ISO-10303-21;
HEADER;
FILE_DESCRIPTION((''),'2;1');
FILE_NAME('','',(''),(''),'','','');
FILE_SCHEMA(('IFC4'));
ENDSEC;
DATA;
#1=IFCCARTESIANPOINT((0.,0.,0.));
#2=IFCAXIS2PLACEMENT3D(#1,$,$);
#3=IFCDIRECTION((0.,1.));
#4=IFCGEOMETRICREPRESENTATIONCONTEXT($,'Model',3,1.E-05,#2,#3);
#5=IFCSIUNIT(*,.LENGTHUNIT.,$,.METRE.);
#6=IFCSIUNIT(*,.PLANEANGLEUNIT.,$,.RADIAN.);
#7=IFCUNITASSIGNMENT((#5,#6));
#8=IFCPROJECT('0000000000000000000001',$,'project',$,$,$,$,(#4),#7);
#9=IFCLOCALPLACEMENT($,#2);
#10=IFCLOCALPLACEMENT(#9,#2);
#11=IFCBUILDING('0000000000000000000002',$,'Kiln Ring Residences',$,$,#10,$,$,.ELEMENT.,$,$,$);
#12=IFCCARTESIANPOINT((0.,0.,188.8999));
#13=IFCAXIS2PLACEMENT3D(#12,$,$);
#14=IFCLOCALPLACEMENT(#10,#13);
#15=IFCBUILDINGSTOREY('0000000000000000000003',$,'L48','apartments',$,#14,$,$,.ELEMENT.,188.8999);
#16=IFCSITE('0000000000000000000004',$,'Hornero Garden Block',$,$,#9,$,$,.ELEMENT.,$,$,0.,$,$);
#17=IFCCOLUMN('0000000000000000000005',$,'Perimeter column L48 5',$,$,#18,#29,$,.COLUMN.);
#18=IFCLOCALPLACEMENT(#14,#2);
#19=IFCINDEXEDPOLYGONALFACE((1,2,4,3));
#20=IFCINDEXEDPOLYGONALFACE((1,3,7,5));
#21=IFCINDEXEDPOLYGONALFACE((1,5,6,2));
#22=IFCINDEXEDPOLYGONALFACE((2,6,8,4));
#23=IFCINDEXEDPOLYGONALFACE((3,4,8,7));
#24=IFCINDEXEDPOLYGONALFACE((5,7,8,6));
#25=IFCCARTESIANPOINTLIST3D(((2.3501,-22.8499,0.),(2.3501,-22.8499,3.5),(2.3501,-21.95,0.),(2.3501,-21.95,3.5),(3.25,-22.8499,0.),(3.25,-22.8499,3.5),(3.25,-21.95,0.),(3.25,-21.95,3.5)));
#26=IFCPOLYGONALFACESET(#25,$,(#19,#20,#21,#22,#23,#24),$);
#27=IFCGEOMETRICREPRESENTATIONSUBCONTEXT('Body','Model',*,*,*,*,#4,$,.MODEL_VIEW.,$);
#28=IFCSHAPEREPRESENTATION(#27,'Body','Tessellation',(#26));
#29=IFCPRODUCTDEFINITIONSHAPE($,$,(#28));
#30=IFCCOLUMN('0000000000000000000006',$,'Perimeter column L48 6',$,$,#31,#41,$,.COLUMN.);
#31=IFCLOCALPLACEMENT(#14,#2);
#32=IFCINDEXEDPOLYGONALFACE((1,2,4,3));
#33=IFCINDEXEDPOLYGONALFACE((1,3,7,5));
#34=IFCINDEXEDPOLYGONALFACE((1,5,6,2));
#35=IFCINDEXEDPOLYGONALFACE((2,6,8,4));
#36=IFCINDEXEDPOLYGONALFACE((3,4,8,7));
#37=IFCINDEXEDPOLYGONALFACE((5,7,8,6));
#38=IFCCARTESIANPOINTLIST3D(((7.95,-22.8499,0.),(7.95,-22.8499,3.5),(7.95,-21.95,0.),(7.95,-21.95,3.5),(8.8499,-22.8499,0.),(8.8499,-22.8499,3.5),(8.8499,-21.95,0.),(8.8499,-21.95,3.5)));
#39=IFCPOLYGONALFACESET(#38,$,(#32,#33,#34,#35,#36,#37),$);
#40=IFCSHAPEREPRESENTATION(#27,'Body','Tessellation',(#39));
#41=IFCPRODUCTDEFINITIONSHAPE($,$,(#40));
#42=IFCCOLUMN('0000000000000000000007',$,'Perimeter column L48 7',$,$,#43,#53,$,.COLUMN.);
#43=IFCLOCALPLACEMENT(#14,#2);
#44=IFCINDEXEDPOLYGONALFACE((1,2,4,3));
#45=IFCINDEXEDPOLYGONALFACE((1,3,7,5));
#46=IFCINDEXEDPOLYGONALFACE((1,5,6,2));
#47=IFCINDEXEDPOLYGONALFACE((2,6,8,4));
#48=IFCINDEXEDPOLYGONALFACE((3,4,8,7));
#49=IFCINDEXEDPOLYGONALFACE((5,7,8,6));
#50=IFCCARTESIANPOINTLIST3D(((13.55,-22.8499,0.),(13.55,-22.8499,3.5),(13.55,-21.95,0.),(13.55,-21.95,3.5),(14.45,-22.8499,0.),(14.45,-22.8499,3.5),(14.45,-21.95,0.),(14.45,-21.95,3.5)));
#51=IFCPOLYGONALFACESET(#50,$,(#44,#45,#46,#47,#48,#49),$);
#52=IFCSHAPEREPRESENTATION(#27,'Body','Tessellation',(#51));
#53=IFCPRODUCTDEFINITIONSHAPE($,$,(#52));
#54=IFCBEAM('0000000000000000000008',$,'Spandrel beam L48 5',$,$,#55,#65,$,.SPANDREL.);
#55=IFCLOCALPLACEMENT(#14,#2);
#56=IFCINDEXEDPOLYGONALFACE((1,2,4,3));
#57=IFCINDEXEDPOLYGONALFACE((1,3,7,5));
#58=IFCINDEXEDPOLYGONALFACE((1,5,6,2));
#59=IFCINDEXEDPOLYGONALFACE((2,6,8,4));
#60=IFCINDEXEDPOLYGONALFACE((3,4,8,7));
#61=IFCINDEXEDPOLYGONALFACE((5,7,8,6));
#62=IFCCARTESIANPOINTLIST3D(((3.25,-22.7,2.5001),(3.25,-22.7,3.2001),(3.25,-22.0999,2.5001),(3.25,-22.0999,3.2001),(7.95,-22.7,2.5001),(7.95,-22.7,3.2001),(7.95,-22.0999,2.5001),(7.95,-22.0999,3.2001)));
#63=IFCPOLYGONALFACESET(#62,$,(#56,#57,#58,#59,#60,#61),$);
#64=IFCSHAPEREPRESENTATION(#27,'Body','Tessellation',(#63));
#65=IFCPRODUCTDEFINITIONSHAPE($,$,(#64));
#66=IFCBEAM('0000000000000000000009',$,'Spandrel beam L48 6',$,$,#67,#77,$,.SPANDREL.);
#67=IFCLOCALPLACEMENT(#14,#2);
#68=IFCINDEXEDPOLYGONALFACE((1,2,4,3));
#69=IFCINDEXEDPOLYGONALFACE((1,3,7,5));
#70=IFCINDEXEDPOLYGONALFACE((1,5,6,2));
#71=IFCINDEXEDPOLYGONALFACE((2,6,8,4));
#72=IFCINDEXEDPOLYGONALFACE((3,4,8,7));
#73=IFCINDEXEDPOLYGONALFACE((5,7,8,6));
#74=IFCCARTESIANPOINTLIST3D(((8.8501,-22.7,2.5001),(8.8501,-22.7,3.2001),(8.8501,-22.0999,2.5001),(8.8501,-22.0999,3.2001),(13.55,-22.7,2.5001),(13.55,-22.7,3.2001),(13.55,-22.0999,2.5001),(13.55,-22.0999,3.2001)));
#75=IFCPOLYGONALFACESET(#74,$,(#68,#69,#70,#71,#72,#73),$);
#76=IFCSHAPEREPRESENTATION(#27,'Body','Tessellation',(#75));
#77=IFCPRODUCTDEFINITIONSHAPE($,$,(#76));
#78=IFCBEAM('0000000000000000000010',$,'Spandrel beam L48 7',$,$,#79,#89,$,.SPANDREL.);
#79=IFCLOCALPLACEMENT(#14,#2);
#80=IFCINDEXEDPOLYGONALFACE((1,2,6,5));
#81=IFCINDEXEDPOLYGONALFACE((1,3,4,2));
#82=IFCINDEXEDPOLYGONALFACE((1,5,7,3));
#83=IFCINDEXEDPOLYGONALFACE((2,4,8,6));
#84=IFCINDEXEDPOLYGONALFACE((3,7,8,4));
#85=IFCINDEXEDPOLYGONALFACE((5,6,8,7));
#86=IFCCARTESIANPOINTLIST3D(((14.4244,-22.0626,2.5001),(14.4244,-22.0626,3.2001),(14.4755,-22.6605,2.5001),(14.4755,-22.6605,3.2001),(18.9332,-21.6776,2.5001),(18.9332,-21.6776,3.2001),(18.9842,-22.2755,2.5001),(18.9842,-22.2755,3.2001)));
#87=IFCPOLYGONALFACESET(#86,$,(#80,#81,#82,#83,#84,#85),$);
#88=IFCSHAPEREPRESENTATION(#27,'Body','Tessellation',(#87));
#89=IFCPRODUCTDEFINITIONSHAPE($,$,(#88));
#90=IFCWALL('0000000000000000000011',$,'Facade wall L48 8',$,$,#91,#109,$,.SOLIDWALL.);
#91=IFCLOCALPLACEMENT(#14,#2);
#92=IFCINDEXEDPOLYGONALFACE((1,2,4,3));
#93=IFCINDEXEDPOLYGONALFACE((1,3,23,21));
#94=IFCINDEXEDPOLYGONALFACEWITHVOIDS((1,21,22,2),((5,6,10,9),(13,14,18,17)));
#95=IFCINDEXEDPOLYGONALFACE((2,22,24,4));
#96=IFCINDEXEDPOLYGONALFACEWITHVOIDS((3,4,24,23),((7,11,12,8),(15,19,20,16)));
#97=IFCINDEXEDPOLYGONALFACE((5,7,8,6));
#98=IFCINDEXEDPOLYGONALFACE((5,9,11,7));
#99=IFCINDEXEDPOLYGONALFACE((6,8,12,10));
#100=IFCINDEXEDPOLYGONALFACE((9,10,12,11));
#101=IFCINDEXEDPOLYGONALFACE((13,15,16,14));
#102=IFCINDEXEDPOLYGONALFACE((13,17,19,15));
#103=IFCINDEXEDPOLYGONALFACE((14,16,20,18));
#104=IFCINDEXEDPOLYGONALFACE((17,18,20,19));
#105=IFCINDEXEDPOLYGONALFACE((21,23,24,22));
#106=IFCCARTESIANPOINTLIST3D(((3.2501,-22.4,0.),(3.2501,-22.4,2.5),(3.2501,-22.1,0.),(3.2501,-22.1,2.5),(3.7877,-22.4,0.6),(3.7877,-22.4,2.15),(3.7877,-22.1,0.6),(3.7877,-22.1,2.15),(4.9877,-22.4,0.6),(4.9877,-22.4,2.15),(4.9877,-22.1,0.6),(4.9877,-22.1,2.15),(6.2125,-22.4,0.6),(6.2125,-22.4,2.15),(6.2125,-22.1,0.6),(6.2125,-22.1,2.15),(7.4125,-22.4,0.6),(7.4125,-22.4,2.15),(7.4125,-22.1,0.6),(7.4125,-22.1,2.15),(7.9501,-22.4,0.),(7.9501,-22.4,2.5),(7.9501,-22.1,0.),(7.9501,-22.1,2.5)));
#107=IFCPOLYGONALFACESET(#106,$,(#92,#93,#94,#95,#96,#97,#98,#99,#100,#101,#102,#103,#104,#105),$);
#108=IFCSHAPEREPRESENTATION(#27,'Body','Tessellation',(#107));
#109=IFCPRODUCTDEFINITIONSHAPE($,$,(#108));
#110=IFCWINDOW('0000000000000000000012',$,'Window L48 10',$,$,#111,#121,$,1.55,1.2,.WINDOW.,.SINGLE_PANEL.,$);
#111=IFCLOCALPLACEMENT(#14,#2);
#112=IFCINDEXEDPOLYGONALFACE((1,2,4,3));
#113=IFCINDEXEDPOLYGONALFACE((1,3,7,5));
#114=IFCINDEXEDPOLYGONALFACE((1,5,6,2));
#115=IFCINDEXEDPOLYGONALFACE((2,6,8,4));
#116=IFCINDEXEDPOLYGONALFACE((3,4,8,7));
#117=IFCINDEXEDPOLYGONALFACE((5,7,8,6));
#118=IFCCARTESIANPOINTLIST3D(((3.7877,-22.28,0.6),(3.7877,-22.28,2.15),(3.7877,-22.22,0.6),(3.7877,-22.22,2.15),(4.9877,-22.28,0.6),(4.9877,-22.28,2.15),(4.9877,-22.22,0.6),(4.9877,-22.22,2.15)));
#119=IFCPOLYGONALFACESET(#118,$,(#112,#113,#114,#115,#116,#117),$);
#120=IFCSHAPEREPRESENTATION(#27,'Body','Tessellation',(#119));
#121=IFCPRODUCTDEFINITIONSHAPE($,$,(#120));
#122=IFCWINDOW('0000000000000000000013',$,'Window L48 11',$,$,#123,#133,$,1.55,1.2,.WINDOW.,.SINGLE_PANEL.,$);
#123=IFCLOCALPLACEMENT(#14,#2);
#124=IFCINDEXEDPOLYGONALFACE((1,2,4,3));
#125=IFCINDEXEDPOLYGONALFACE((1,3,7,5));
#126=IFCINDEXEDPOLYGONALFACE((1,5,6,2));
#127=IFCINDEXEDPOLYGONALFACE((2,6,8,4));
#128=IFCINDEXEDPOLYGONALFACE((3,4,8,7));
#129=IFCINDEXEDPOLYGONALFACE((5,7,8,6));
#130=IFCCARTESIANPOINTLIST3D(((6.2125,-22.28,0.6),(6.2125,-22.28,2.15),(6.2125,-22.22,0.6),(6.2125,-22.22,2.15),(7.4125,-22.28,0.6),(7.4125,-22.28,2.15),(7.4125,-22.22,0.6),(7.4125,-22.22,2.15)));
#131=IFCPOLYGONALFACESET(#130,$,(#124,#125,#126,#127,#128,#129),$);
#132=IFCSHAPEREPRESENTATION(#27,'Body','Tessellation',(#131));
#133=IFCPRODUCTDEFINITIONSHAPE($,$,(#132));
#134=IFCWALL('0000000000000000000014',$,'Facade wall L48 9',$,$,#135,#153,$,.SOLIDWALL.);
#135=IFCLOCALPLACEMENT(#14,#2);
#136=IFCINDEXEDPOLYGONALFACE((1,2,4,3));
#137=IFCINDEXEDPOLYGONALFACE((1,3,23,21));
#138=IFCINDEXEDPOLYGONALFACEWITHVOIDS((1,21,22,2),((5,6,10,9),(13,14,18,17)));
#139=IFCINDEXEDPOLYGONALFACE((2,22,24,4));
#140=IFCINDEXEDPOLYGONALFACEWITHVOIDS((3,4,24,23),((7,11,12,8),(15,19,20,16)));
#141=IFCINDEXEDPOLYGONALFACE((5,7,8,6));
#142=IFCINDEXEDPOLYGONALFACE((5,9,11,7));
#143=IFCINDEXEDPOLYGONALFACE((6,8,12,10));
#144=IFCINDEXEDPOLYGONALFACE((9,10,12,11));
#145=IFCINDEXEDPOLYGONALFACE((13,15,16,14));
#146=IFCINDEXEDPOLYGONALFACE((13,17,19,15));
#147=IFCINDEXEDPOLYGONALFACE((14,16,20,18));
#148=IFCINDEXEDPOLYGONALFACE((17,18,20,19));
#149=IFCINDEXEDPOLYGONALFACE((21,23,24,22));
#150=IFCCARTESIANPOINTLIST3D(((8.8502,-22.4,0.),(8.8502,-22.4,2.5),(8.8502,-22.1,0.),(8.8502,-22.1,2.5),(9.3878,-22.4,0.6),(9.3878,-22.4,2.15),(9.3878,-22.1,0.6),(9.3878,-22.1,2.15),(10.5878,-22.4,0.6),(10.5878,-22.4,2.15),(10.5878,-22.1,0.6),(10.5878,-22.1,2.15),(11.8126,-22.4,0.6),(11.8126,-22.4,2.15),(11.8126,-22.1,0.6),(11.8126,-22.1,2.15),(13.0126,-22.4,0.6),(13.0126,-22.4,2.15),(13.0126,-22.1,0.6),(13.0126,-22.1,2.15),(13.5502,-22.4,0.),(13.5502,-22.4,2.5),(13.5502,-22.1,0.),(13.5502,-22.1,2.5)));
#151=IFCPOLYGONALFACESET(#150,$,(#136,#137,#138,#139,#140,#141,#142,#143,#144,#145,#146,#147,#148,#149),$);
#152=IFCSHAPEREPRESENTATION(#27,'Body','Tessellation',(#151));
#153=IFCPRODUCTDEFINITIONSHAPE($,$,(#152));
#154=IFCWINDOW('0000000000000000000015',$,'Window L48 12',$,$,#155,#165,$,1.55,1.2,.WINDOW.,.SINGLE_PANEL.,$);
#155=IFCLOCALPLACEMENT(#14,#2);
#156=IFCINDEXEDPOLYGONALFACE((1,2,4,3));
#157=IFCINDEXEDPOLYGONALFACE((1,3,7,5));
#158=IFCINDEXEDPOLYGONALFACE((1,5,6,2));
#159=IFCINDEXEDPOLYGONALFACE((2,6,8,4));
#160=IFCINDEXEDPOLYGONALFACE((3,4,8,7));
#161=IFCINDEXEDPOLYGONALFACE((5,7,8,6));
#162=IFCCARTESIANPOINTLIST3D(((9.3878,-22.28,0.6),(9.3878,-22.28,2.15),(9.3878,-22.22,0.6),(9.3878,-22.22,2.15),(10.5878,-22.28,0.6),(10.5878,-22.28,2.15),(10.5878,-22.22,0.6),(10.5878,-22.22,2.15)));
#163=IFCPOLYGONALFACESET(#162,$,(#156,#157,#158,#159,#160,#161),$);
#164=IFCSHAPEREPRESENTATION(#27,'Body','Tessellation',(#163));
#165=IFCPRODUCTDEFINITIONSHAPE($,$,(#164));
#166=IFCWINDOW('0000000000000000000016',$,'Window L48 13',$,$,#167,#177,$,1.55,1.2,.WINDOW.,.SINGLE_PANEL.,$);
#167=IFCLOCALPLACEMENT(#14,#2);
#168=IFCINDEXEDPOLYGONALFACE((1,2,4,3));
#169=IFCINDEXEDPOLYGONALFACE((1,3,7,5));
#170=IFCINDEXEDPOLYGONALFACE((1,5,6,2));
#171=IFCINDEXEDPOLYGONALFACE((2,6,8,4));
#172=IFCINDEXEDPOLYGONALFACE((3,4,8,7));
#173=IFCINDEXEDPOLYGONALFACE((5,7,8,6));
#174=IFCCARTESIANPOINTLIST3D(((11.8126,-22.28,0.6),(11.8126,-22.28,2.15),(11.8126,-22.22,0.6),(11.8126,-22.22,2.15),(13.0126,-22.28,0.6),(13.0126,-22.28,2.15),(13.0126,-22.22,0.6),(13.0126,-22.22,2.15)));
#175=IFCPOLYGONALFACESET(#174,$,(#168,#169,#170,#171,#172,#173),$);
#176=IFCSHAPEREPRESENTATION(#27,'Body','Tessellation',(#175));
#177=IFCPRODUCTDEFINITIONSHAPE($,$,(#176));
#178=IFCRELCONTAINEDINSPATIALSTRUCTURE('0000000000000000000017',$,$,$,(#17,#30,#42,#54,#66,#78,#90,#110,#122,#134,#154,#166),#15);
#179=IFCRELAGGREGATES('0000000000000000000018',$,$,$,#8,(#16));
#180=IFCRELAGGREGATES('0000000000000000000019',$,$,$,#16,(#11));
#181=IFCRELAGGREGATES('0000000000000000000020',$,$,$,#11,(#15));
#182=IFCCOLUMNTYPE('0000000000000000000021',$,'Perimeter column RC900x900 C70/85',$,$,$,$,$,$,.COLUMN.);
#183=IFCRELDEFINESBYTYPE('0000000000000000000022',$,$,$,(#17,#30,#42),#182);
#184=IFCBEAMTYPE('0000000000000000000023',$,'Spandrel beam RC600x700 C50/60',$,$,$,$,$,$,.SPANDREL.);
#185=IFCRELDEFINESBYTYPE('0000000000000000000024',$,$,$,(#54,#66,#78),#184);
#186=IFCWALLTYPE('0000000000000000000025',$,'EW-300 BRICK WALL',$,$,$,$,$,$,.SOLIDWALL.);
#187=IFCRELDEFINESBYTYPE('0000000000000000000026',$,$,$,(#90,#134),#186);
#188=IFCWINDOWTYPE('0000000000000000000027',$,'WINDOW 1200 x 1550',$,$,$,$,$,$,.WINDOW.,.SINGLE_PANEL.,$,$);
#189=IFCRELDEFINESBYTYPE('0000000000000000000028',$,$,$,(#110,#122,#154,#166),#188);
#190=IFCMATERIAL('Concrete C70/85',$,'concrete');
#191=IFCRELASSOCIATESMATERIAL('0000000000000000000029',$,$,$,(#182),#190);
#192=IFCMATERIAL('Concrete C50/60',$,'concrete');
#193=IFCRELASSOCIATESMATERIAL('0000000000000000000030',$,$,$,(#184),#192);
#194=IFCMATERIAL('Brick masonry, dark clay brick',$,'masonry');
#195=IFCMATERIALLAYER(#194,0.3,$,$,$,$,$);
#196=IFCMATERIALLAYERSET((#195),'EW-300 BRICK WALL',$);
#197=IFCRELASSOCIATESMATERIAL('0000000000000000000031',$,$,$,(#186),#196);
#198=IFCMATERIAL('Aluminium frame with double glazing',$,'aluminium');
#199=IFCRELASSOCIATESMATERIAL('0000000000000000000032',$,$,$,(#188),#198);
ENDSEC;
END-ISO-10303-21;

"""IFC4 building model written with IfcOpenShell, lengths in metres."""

from ifc_helpers import new_model, si_unit, direction, frame, frame_2d, origin, origin_2d, place, context, subcontext, project, spatial, rectangle, extrude, material, layer, layer_set, material_profile, profile_set, type_object, element, fill, save


model = new_model("IFC4")

# Units and contexts
model_context = context("Model", 3, precision=1e-05, world=origin(), true_north=direction((0.0, 1.0)))
body_context = subcontext(model_context, "Body", "Model", "MODEL_VIEW")
ifc_project = project(units=[si_unit("LENGTHUNIT", "METRE"), si_unit("PLANEANGLEUNIT", "RADIAN")], contexts=[model_context])

# Site, building, storey
site_placement = place(None, origin())
site = spatial("IfcSite", under=ifc_project, at=site_placement, Name="Hornero Garden Block", CompositionType="ELEMENT", RefElevation=0.0)
building_placement = place(site_placement, origin())
building = spatial("IfcBuilding", under=site, at=building_placement, Name="Kiln Ring Residences", CompositionType="ELEMENT")
storey_placement = place(building_placement, frame((0.0, 0.0, 188.8999)))
storey = spatial("IfcBuildingStorey", under=building, at=storey_placement, Name="L48", Description="apartments", CompositionType="ELEMENT", Elevation=188.8999)

# Columns
ifc_material_1 = material(Name="Concrete C70/85", Category="concrete")
ifc_material_profile_1 = material_profile(ifc_material_1, rectangle(XDim=0.8999, YDim=0.8999, at=origin_2d()), Name="RC900x900")
ifc_profile_set_1 = profile_set([ifc_material_profile_1], Name="Concrete C70/85")
column_type = type_object("IfcColumnType", Name="Perimeter column RC900x900 C70/85", PredefinedType="COLUMN", material=ifc_profile_set_1)
for number, where, z_axis, x_axis, name in (
    (1, (2.8, -22.3999, 0.0), (0.0, 0.0, 1.0), (1.0, 0.0, 0.0), "Perimeter column L48 5"),
    (2, (8.3999, -22.3999, 0.0), (0.0, 0.0, 1.0), (1.0, 0.0, 0.0), "Perimeter column L48 6"),
    (3, (14.0, -22.3999, 0.0), (0.0, 0.0, 1.0), (1.0, 0.0, 0.0), "Perimeter column L48 7"),
):
    element("IfcColumn", number, at=place(storey_placement, frame(where, z_axis=z_axis, x_axis=x_axis)), inside=storey, type_object=column_type, Name=name, PredefinedType="COLUMN", context=body_context, shape_type="SweptSolid", body=[
        extrude(rectangle(XDim=0.8999, YDim=0.8999, at=origin_2d()), origin(), (0.0, 0.0, 1.0), 3.5),
    ])

# Beams
ifc_material_2 = material(Name="Concrete C50/60", Category="concrete")
ifc_material_profile_2 = material_profile(ifc_material_2, rectangle(XDim=0.6001, YDim=0.7, at=origin_2d()), Name="RC600x700")
ifc_profile_set_2 = profile_set([ifc_material_profile_2], Name="Concrete C50/60")
beam_type = type_object("IfcBeamType", Name="Spandrel beam RC600x700 C50/60", PredefinedType="SPANDREL", material=ifc_profile_set_2)
for number, where, z_axis, x_axis, name in (
    (4, (3.25, -22.3999, 2.8501), (1.0, 0.0, 0.0), (0.0, 1.0, 0.0), "Spandrel beam L48 5"),
    (5, (8.8501, -22.3999, 2.8501), (1.0, 0.0, 0.0), (0.0, 1.0, 0.0), "Spandrel beam L48 6"),
):
    element("IfcBeam", number, at=place(storey_placement, frame(where, z_axis=z_axis, x_axis=x_axis)), inside=storey, type_object=beam_type, Name=name, PredefinedType="SPANDREL", context=body_context, shape_type="SweptSolid", body=[
        extrude(rectangle(XDim=0.6001, YDim=0.7, at=origin_2d()), origin(), (0.0, 0.0, 1.0), 4.7),
    ])
beam_placement = place(storey_placement, frame((14.45, -22.3616, 2.8501), z_axis=(0.996374, 0.085081, 0.0), x_axis=(-0.085081, 0.996374, 0.0)))
element("IfcBeam", 6, at=beam_placement, inside=storey, type_object=beam_type, Name="Spandrel beam L48 7", PredefinedType="SPANDREL", context=body_context, shape_type="SweptSolid", body=[
    extrude(rectangle(XDim=0.6001, YDim=0.7, at=origin_2d()), origin(), (0.0, 0.0, 1.0), 4.5251),
])

# Walls, openings, windows
ifc_material_3 = material(Name="Brick masonry, dark clay brick", Category="masonry")
ifc_layer_1 = layer(ifc_material_3, 0.3)
ifc_layer_set_1 = layer_set([ifc_layer_1], Name="EW-300 BRICK WALL")
wall_type_1 = type_object("IfcWallType", Name="EW-300 BRICK WALL", PredefinedType="SOLIDWALL", material=ifc_layer_set_1)
wall_1_placement = place(storey_placement, frame((3.25, -22.25, 0.0), z_axis=(0.0, 0.0, 1.0), x_axis=(1.0, 0.0, 0.0)))
wall_1 = element("IfcWall", 7, at=wall_1_placement, inside=storey, type_object=wall_type_1, Name="Facade wall L48 8", PredefinedType="SOLIDWALL", context=body_context, shape_type="SweptSolid", body=[
    extrude(rectangle(XDim=4.7, YDim=0.3, at=frame_2d((2.3501, 0.0))), origin(), (0.0, 0.0, 1.0), 2.5),
])
opening_1_placement = place(wall_1_placement, frame((0.5376, 0.0, 0.6001)))
opening_1 = element("IfcOpeningElement", 8, at=opening_1_placement, cuts=wall_1, PredefinedType="OPENING", context=body_context, shape_type="SweptSolid", body=[
    extrude(rectangle(XDim=1.2, YDim=1.55, at=frame_2d((0.6001, 0.7749))), frame((0.0, 0.1599, 0.0), z_axis=(0.0, -1.0, 0.0), x_axis=(1.0, 0.0, 0.0)), (0.0, 0.0, 1.0), 0.3201),
])
opening_2_placement = place(wall_1_placement, frame((2.9624, 0.0, 0.6001)))
opening_2 = element("IfcOpeningElement", 9, at=opening_2_placement, cuts=wall_1, PredefinedType="OPENING", context=body_context, shape_type="SweptSolid", body=[
    extrude(rectangle(XDim=1.2, YDim=1.55, at=frame_2d((0.6001, 0.7749))), frame((0.0, 0.1599, 0.0), z_axis=(0.0, -1.0, 0.0), x_axis=(1.0, 0.0, 0.0)), (0.0, 0.0, 1.0), 0.3201),
])
ifc_material_4 = material(Name="Aluminium frame with double glazing", Category="aluminium")
window_type = type_object("IfcWindowType", Name="WINDOW 1200 x 1550", PartitioningType="SINGLE_PANEL", PredefinedType="WINDOW", material=ifc_material_4)
window_1_placement = place(opening_1_placement, origin())
window_1 = element("IfcWindow", 10, at=window_1_placement, inside=storey, type_object=window_type, Name="Window L48 10", OverallHeight=1.55, OverallWidth=1.2, PartitioningType="SINGLE_PANEL", PredefinedType="WINDOW", context=body_context, shape_type="SweptSolid", body=[
    extrude(rectangle(XDim=1.2, YDim=1.55, at=frame_2d((0.6001, 0.7749))), frame((0.0, 0.03, 0.0), z_axis=(0.0, -1.0, 0.0), x_axis=(1.0, 0.0, 0.0)), (0.0, 0.0, 1.0), 0.0601),
])
fill(opening_1, window_1)
window_2_placement = place(opening_2_placement, origin())
window_2 = element("IfcWindow", 11, at=window_2_placement, inside=storey, type_object=window_type, Name="Window L48 11", OverallHeight=1.55, OverallWidth=1.2, PartitioningType="SINGLE_PANEL", PredefinedType="WINDOW", context=body_context, shape_type="SweptSolid", body=[
    extrude(rectangle(XDim=1.2, YDim=1.55, at=frame_2d((0.6001, 0.7749))), frame((0.0, 0.03, 0.0), z_axis=(0.0, -1.0, 0.0), x_axis=(1.0, 0.0, 0.0)), (0.0, 0.0, 1.0), 0.0601),
])
fill(opening_2, window_2)
wall_2_placement = place(storey_placement, frame((8.8501, -22.25, 0.0), z_axis=(0.0, 0.0, 1.0), x_axis=(1.0, 0.0, 0.0)))
wall_2 = element("IfcWall", 12, at=wall_2_placement, inside=storey, type_object=wall_type_1, Name="Facade wall L48 9", PredefinedType="SOLIDWALL", context=body_context, shape_type="SweptSolid", body=[
    extrude(rectangle(XDim=4.7, YDim=0.3, at=frame_2d((2.3501, 0.0))), origin(), (0.0, 0.0, 1.0), 2.5),
])
opening_3_placement = place(wall_2_placement, frame((0.5376, 0.0, 0.6001)))
opening_3 = element("IfcOpeningElement", 13, at=opening_3_placement, cuts=wall_2, PredefinedType="OPENING", context=body_context, shape_type="SweptSolid", body=[
    extrude(rectangle(XDim=1.2, YDim=1.55, at=frame_2d((0.6001, 0.7749))), frame((0.0, 0.1599, 0.0), z_axis=(0.0, -1.0, 0.0), x_axis=(1.0, 0.0, 0.0)), (0.0, 0.0, 1.0), 0.3201),
])
opening_4_placement = place(wall_2_placement, frame((2.9624, 0.0, 0.6001)))
opening_4 = element("IfcOpeningElement", 14, at=opening_4_placement, cuts=wall_2, PredefinedType="OPENING", context=body_context, shape_type="SweptSolid", body=[
    extrude(rectangle(XDim=1.2, YDim=1.55, at=frame_2d((0.6001, 0.7749))), frame((0.0, 0.1599, 0.0), z_axis=(0.0, -1.0, 0.0), x_axis=(1.0, 0.0, 0.0)), (0.0, 0.0, 1.0), 0.3201),
])
window_3_placement = place(opening_3_placement, origin())
window_3 = element("IfcWindow", 15, at=window_3_placement, inside=storey, type_object=window_type, Name="Window L48 12", OverallHeight=1.55, OverallWidth=1.2, PartitioningType="SINGLE_PANEL", PredefinedType="WINDOW", context=body_context, shape_type="SweptSolid", body=[
    extrude(rectangle(XDim=1.2, YDim=1.55, at=frame_2d((0.6001, 0.7749))), frame((0.0, 0.03, 0.0), z_axis=(0.0, -1.0, 0.0), x_axis=(1.0, 0.0, 0.0)), (0.0, 0.0, 1.0), 0.0601),
])
fill(opening_3, window_3)
window_4_placement = place(opening_4_placement, origin())
window_4 = element("IfcWindow", 16, at=window_4_placement, inside=storey, type_object=window_type, Name="Window L48 13", OverallHeight=1.55, OverallWidth=1.2, PartitioningType="SINGLE_PANEL", PredefinedType="WINDOW", context=body_context, shape_type="SweptSolid", body=[
    extrude(rectangle(XDim=1.2, YDim=1.55, at=frame_2d((0.6001, 0.7749))), frame((0.0, 0.03, 0.0), z_axis=(0.0, -1.0, 0.0), x_axis=(1.0, 0.0, 0.0)), (0.0, 0.0, 1.0), 0.0601),
])
fill(opening_4, window_4)

save(model, "model.ifc")
